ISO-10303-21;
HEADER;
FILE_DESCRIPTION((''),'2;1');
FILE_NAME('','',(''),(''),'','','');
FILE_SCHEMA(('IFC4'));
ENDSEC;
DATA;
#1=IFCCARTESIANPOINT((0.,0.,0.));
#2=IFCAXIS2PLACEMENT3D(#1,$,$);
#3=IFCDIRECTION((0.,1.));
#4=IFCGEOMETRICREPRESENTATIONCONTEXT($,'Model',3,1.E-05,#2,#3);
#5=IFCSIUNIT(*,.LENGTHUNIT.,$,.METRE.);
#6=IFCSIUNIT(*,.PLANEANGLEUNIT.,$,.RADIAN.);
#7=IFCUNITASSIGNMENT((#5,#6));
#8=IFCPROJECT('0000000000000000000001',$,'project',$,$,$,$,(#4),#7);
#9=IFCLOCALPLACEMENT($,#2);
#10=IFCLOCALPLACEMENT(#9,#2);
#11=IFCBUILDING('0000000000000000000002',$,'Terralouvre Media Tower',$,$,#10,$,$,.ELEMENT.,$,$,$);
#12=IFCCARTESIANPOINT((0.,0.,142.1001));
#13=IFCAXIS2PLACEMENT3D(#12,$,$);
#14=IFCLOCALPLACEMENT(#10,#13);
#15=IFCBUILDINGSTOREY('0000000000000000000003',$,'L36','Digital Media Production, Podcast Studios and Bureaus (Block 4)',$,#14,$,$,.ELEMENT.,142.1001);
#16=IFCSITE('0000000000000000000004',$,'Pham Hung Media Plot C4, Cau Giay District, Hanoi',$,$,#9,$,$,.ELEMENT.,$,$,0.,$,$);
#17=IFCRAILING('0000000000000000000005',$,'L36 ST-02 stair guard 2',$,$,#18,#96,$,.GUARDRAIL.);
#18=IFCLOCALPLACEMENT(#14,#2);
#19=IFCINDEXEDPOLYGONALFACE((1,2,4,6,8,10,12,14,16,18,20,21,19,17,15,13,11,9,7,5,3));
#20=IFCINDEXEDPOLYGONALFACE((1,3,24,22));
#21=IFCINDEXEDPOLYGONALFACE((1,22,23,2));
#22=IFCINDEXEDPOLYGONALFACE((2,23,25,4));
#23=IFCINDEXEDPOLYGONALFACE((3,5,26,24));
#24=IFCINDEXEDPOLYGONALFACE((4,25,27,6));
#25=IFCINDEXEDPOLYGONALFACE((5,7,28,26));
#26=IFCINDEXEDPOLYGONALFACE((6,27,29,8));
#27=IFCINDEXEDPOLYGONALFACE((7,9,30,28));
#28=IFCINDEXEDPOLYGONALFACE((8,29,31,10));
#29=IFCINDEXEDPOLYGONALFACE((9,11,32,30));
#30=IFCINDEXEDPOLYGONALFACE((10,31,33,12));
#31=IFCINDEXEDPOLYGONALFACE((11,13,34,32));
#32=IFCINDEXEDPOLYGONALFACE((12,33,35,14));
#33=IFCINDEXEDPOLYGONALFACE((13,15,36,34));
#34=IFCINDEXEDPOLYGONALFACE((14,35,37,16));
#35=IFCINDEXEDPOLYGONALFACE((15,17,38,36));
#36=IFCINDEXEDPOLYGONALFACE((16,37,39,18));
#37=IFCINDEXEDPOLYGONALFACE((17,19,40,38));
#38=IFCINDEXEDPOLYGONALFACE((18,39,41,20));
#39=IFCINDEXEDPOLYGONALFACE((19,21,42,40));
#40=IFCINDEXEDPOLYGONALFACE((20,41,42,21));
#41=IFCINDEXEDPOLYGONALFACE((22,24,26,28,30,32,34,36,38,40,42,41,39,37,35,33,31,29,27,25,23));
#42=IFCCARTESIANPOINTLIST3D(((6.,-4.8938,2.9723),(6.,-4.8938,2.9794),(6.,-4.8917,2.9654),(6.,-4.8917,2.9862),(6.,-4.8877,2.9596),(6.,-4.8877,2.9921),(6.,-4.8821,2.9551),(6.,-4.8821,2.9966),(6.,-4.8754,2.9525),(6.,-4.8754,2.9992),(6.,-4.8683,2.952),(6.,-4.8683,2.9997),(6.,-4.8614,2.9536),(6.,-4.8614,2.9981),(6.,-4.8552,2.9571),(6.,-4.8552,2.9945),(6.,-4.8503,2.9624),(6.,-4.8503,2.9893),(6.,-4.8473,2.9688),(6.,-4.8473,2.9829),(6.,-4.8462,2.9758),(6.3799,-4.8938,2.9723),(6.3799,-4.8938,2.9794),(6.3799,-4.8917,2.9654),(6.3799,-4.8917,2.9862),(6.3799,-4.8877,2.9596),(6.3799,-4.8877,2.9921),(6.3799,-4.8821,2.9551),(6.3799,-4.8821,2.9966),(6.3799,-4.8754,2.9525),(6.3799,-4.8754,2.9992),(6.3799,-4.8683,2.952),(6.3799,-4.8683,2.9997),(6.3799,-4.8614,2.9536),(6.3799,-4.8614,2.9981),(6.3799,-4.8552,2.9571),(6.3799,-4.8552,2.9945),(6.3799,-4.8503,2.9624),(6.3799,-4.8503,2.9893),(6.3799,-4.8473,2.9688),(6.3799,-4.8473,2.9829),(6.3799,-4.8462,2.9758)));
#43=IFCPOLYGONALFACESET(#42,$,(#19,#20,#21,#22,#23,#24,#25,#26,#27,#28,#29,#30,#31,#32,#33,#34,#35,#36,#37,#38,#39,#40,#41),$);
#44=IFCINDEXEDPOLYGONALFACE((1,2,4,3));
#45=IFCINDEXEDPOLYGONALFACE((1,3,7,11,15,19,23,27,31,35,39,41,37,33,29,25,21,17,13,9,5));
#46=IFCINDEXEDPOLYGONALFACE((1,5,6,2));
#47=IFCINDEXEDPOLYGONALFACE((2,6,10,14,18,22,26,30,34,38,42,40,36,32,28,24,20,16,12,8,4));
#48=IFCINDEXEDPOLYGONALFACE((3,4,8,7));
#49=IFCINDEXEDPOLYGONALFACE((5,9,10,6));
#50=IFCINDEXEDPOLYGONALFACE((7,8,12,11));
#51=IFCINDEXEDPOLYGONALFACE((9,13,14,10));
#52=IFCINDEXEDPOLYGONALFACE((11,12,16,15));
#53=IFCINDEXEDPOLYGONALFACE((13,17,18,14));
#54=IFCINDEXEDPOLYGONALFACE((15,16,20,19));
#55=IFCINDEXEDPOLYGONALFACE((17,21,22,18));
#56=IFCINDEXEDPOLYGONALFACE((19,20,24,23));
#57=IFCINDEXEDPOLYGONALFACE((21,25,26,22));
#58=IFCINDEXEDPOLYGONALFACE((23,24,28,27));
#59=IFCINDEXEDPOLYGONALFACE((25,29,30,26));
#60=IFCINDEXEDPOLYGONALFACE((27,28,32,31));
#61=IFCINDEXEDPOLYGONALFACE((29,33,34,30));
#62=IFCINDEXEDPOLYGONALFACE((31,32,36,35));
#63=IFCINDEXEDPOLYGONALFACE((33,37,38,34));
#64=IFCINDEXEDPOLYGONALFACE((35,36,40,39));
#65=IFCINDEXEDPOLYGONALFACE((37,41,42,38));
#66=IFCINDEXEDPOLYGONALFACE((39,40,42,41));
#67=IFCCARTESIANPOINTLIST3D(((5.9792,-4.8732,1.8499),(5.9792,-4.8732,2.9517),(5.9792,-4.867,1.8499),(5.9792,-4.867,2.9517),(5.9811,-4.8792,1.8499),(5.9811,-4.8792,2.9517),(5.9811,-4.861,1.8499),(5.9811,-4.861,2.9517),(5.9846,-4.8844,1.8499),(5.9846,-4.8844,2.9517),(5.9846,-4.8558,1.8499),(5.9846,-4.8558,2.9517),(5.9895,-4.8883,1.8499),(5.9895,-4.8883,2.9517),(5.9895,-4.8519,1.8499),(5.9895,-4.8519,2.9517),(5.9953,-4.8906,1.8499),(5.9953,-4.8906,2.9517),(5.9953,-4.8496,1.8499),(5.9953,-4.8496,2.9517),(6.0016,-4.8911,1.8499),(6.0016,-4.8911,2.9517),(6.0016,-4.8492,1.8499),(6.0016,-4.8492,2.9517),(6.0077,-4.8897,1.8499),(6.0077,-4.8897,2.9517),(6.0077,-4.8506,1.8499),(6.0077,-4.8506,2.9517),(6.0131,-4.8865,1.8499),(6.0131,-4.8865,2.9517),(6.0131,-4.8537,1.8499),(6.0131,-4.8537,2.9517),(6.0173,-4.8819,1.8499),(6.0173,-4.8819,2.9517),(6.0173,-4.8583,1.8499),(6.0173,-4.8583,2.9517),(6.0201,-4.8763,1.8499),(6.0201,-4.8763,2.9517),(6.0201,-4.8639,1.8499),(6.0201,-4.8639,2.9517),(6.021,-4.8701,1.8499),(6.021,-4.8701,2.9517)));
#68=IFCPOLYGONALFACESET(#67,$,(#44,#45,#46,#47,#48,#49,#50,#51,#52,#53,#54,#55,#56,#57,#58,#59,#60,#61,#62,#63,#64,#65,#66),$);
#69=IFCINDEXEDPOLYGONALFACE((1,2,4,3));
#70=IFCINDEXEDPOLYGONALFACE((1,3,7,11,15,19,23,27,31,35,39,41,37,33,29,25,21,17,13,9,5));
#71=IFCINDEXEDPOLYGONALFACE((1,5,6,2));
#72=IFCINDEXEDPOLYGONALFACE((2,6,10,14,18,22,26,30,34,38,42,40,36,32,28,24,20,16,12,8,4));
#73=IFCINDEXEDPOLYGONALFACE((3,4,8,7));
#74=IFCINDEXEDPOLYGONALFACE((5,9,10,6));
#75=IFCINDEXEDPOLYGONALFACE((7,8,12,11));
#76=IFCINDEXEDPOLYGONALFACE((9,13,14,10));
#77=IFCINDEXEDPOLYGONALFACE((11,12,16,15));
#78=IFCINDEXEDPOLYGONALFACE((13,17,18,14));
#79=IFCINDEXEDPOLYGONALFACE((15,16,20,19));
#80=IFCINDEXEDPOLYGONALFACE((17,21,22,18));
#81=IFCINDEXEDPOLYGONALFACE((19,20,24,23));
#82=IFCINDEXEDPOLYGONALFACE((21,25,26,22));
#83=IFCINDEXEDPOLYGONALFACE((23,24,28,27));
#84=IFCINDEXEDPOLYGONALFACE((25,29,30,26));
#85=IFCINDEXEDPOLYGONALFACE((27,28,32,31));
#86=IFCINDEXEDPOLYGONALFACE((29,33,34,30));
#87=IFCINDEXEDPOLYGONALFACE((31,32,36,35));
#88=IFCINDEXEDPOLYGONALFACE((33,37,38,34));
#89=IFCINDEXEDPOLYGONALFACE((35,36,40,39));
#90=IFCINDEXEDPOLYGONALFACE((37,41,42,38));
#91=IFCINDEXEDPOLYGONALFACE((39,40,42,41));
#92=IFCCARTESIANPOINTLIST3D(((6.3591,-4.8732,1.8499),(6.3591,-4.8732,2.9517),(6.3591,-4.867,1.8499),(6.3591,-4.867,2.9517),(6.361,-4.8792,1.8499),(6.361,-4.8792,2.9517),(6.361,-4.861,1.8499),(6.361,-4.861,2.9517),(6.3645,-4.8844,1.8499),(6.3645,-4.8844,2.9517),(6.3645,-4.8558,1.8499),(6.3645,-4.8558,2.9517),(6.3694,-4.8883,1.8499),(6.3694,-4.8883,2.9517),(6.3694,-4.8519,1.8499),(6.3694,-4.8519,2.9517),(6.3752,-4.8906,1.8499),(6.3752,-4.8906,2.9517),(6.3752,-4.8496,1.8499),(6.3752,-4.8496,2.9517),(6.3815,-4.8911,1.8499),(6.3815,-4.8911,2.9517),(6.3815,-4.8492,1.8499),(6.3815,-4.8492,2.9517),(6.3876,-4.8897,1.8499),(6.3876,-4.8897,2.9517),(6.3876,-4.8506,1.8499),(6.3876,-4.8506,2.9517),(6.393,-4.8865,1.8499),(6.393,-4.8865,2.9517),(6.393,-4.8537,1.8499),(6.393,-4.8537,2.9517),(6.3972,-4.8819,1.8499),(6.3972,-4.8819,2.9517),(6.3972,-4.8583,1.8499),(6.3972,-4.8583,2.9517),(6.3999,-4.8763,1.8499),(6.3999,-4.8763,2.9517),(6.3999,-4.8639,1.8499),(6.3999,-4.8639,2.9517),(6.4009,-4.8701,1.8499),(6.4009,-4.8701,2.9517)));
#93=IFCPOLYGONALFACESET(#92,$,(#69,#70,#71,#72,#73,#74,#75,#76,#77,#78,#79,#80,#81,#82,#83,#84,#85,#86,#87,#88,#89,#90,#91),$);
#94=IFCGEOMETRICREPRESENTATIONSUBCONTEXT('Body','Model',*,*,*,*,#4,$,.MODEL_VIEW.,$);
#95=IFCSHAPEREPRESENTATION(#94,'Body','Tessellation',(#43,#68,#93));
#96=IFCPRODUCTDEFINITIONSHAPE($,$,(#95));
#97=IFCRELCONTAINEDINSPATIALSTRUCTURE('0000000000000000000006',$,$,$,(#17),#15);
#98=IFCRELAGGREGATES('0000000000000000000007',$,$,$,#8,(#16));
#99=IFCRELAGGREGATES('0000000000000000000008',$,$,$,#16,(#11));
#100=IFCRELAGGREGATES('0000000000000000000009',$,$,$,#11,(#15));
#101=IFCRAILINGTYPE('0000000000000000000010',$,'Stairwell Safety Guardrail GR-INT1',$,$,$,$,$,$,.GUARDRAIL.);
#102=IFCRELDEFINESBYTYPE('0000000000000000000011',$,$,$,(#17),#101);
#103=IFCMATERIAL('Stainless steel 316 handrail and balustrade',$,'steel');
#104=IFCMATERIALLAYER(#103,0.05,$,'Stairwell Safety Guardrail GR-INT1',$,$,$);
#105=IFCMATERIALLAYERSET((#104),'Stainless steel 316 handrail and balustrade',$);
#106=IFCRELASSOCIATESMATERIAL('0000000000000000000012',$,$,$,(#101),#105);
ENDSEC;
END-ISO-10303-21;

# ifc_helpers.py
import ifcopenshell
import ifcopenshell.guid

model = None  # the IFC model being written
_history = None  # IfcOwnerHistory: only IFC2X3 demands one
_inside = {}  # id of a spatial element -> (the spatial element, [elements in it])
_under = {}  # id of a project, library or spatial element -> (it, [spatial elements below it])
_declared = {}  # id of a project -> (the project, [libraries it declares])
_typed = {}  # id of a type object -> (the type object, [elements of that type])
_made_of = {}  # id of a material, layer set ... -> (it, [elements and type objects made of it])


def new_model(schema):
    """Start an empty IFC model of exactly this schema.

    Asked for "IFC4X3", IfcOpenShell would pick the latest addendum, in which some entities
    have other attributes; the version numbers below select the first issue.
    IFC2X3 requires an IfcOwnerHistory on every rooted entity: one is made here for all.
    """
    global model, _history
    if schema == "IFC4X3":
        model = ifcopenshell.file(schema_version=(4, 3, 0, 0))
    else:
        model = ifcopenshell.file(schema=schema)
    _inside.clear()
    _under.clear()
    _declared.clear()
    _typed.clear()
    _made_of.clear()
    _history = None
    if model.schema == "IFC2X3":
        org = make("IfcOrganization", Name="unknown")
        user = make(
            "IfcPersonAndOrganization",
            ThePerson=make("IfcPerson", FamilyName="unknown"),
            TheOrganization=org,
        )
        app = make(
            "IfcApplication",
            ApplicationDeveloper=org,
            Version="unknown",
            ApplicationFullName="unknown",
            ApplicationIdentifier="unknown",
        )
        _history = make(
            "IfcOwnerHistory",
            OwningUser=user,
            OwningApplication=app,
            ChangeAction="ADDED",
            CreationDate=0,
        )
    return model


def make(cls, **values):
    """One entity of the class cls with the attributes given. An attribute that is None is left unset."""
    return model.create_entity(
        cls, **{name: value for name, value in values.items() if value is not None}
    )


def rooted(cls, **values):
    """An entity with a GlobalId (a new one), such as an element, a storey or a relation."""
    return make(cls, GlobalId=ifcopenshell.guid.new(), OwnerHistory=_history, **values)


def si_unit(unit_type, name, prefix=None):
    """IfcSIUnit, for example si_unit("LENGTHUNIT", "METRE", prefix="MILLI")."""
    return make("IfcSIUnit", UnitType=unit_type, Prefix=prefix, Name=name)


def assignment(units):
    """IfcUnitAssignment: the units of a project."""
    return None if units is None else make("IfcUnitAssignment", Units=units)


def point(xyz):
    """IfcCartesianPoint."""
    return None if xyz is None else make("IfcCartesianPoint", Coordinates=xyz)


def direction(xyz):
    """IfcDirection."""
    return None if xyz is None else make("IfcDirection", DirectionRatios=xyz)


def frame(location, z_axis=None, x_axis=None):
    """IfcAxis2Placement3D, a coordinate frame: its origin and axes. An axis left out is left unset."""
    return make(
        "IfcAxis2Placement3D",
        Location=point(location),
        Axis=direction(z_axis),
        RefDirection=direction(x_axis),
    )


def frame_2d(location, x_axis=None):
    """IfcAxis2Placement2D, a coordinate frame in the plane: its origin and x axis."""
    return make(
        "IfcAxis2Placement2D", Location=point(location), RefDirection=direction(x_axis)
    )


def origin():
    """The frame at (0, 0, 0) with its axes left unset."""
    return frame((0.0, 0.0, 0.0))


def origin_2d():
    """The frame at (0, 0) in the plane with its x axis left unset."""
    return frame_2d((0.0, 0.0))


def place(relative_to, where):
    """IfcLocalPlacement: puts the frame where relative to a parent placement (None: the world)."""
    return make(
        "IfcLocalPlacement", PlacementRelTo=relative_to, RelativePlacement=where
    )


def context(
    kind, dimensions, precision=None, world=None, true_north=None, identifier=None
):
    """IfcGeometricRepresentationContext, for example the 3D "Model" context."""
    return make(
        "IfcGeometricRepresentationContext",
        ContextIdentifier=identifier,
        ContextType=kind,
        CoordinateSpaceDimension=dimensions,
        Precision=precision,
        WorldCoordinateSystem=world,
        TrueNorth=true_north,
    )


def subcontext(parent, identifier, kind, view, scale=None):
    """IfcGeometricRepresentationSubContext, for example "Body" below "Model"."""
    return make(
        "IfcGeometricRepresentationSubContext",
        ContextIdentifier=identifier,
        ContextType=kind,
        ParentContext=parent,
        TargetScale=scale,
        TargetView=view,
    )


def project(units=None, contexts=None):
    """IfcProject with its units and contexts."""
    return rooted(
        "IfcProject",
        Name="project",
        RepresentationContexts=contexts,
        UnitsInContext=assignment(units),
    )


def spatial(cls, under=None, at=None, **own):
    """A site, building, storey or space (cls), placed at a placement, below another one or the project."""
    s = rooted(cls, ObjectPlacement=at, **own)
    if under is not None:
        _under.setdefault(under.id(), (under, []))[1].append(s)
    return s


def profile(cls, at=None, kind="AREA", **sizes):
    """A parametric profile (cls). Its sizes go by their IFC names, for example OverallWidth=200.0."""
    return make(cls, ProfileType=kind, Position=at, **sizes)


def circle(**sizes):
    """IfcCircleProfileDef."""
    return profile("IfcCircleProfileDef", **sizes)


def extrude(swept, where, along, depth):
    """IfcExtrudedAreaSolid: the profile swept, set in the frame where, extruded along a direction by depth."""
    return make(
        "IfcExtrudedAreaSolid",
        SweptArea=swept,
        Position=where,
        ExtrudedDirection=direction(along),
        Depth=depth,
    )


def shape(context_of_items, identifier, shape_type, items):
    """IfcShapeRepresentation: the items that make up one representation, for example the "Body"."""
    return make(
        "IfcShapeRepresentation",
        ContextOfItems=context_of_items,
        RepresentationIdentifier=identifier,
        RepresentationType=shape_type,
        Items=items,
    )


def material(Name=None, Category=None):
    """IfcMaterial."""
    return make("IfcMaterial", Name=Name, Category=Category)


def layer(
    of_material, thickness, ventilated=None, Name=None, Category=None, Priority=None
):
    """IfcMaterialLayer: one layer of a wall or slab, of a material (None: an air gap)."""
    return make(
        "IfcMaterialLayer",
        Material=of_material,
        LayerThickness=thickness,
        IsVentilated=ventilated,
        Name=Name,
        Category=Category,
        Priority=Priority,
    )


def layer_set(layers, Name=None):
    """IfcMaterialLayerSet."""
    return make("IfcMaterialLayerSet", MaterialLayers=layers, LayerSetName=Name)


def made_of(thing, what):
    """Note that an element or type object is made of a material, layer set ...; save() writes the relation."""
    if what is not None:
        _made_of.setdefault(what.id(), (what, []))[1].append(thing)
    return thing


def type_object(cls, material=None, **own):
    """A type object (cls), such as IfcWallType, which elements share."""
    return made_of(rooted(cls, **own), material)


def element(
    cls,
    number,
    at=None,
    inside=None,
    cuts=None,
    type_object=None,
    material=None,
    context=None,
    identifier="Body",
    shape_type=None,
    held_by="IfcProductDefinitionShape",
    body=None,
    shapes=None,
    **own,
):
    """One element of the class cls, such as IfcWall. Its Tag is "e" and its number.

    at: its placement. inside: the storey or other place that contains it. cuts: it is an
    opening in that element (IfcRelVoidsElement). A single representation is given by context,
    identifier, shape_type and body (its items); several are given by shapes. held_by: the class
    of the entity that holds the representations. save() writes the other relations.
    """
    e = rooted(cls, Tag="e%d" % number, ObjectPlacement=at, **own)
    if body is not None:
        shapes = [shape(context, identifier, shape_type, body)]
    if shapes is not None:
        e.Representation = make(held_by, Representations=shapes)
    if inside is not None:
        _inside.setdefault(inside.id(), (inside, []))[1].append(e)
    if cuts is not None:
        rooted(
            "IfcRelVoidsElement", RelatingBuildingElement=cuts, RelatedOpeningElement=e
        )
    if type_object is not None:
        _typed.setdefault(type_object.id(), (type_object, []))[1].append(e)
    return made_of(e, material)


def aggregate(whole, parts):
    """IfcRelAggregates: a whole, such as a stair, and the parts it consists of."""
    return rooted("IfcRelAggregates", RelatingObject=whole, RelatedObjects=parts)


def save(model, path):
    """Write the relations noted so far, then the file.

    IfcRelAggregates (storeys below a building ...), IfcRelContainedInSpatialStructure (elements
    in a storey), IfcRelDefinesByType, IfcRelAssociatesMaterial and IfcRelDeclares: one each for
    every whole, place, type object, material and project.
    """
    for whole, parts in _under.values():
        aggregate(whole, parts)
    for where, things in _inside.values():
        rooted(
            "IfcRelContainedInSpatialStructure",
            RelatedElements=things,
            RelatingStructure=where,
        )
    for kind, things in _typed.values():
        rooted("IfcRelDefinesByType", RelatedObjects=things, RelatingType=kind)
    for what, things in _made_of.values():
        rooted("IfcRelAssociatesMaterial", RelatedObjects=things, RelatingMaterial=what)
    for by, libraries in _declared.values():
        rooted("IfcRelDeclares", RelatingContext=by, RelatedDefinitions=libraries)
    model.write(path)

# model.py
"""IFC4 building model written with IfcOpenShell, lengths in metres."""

from ifc_helpers import new_model, si_unit, direction, frame, origin, origin_2d, place, context, subcontext, project, spatial, circle, extrude, material, layer, layer_set, type_object, element, save


model = new_model("IFC4")

# Units and contexts
model_context = context("Model", 3, precision=1e-05, world=origin(), true_north=direction((0.0, 1.0)))
body_context = subcontext(model_context, "Body", "Model", "MODEL_VIEW")
ifc_project = project(units=[si_unit("LENGTHUNIT", "METRE"), si_unit("PLANEANGLEUNIT", "RADIAN")], contexts=[model_context])

# Site, building, storey
site_placement = place(None, origin())
site = spatial("IfcSite", under=ifc_project, at=site_placement, Name="Pham Hung Media Plot C4, Cau Giay District, Hanoi", CompositionType="ELEMENT", RefElevation=0.0)
building_placement = place(site_placement, origin())
building = spatial("IfcBuilding", under=site, at=building_placement, Name="Terralouvre Media Tower", CompositionType="ELEMENT")
storey_placement = place(building_placement, frame((0.0, 0.0, 142.1001)))
storey = spatial("IfcBuildingStorey", under=building, at=storey_placement, Name="L36", Description="Digital Media Production, Podcast Studios and Bureaus (Block 4)", CompositionType="ELEMENT", Elevation=142.1001)

# Railing
ifc_material_1 = material(Name="Stainless steel 316 handrail and balustrade", Category="steel")
ifc_layer_1 = layer(ifc_material_1, 0.05, Name="Stairwell Safety Guardrail GR-INT1")
ifc_layer_set_1 = layer_set([ifc_layer_1], Name="Stainless steel 316 handrail and balustrade")
railing_type_1 = type_object("IfcRailingType", Name="Stairwell Safety Guardrail GR-INT1", PredefinedType="GUARDRAIL", material=ifc_layer_set_1)
railing_1_placement = place(storey_placement, frame((6.0, -4.8701, 1.8499)))
element("IfcRailing", 1, at=railing_1_placement, inside=storey, type_object=railing_type_1, Name="L36 ST-02 stair guard 2", PredefinedType="GUARDRAIL", context=body_context, shape_type="SweptSolid", body=[
    extrude(circle(Radius=0.0239, at=origin_2d()), frame((0.0, 0.0, 1.126), z_axis=(1.0, 0.0, 0.0), x_axis=(0.0, 1.0, 0.0)), (0.0, 0.0, 1.0), 0.3799),
    extrude(circle(Radius=0.021, at=origin_2d()), origin(), (0.0, 0.0, 1.0), 1.1018),
    extrude(circle(Radius=0.021, at=origin_2d()), frame((0.3799, 0.0, 0.0)), (0.0, 0.0, 1.0), 1.1018),
])

save(model, "model.ifc")
